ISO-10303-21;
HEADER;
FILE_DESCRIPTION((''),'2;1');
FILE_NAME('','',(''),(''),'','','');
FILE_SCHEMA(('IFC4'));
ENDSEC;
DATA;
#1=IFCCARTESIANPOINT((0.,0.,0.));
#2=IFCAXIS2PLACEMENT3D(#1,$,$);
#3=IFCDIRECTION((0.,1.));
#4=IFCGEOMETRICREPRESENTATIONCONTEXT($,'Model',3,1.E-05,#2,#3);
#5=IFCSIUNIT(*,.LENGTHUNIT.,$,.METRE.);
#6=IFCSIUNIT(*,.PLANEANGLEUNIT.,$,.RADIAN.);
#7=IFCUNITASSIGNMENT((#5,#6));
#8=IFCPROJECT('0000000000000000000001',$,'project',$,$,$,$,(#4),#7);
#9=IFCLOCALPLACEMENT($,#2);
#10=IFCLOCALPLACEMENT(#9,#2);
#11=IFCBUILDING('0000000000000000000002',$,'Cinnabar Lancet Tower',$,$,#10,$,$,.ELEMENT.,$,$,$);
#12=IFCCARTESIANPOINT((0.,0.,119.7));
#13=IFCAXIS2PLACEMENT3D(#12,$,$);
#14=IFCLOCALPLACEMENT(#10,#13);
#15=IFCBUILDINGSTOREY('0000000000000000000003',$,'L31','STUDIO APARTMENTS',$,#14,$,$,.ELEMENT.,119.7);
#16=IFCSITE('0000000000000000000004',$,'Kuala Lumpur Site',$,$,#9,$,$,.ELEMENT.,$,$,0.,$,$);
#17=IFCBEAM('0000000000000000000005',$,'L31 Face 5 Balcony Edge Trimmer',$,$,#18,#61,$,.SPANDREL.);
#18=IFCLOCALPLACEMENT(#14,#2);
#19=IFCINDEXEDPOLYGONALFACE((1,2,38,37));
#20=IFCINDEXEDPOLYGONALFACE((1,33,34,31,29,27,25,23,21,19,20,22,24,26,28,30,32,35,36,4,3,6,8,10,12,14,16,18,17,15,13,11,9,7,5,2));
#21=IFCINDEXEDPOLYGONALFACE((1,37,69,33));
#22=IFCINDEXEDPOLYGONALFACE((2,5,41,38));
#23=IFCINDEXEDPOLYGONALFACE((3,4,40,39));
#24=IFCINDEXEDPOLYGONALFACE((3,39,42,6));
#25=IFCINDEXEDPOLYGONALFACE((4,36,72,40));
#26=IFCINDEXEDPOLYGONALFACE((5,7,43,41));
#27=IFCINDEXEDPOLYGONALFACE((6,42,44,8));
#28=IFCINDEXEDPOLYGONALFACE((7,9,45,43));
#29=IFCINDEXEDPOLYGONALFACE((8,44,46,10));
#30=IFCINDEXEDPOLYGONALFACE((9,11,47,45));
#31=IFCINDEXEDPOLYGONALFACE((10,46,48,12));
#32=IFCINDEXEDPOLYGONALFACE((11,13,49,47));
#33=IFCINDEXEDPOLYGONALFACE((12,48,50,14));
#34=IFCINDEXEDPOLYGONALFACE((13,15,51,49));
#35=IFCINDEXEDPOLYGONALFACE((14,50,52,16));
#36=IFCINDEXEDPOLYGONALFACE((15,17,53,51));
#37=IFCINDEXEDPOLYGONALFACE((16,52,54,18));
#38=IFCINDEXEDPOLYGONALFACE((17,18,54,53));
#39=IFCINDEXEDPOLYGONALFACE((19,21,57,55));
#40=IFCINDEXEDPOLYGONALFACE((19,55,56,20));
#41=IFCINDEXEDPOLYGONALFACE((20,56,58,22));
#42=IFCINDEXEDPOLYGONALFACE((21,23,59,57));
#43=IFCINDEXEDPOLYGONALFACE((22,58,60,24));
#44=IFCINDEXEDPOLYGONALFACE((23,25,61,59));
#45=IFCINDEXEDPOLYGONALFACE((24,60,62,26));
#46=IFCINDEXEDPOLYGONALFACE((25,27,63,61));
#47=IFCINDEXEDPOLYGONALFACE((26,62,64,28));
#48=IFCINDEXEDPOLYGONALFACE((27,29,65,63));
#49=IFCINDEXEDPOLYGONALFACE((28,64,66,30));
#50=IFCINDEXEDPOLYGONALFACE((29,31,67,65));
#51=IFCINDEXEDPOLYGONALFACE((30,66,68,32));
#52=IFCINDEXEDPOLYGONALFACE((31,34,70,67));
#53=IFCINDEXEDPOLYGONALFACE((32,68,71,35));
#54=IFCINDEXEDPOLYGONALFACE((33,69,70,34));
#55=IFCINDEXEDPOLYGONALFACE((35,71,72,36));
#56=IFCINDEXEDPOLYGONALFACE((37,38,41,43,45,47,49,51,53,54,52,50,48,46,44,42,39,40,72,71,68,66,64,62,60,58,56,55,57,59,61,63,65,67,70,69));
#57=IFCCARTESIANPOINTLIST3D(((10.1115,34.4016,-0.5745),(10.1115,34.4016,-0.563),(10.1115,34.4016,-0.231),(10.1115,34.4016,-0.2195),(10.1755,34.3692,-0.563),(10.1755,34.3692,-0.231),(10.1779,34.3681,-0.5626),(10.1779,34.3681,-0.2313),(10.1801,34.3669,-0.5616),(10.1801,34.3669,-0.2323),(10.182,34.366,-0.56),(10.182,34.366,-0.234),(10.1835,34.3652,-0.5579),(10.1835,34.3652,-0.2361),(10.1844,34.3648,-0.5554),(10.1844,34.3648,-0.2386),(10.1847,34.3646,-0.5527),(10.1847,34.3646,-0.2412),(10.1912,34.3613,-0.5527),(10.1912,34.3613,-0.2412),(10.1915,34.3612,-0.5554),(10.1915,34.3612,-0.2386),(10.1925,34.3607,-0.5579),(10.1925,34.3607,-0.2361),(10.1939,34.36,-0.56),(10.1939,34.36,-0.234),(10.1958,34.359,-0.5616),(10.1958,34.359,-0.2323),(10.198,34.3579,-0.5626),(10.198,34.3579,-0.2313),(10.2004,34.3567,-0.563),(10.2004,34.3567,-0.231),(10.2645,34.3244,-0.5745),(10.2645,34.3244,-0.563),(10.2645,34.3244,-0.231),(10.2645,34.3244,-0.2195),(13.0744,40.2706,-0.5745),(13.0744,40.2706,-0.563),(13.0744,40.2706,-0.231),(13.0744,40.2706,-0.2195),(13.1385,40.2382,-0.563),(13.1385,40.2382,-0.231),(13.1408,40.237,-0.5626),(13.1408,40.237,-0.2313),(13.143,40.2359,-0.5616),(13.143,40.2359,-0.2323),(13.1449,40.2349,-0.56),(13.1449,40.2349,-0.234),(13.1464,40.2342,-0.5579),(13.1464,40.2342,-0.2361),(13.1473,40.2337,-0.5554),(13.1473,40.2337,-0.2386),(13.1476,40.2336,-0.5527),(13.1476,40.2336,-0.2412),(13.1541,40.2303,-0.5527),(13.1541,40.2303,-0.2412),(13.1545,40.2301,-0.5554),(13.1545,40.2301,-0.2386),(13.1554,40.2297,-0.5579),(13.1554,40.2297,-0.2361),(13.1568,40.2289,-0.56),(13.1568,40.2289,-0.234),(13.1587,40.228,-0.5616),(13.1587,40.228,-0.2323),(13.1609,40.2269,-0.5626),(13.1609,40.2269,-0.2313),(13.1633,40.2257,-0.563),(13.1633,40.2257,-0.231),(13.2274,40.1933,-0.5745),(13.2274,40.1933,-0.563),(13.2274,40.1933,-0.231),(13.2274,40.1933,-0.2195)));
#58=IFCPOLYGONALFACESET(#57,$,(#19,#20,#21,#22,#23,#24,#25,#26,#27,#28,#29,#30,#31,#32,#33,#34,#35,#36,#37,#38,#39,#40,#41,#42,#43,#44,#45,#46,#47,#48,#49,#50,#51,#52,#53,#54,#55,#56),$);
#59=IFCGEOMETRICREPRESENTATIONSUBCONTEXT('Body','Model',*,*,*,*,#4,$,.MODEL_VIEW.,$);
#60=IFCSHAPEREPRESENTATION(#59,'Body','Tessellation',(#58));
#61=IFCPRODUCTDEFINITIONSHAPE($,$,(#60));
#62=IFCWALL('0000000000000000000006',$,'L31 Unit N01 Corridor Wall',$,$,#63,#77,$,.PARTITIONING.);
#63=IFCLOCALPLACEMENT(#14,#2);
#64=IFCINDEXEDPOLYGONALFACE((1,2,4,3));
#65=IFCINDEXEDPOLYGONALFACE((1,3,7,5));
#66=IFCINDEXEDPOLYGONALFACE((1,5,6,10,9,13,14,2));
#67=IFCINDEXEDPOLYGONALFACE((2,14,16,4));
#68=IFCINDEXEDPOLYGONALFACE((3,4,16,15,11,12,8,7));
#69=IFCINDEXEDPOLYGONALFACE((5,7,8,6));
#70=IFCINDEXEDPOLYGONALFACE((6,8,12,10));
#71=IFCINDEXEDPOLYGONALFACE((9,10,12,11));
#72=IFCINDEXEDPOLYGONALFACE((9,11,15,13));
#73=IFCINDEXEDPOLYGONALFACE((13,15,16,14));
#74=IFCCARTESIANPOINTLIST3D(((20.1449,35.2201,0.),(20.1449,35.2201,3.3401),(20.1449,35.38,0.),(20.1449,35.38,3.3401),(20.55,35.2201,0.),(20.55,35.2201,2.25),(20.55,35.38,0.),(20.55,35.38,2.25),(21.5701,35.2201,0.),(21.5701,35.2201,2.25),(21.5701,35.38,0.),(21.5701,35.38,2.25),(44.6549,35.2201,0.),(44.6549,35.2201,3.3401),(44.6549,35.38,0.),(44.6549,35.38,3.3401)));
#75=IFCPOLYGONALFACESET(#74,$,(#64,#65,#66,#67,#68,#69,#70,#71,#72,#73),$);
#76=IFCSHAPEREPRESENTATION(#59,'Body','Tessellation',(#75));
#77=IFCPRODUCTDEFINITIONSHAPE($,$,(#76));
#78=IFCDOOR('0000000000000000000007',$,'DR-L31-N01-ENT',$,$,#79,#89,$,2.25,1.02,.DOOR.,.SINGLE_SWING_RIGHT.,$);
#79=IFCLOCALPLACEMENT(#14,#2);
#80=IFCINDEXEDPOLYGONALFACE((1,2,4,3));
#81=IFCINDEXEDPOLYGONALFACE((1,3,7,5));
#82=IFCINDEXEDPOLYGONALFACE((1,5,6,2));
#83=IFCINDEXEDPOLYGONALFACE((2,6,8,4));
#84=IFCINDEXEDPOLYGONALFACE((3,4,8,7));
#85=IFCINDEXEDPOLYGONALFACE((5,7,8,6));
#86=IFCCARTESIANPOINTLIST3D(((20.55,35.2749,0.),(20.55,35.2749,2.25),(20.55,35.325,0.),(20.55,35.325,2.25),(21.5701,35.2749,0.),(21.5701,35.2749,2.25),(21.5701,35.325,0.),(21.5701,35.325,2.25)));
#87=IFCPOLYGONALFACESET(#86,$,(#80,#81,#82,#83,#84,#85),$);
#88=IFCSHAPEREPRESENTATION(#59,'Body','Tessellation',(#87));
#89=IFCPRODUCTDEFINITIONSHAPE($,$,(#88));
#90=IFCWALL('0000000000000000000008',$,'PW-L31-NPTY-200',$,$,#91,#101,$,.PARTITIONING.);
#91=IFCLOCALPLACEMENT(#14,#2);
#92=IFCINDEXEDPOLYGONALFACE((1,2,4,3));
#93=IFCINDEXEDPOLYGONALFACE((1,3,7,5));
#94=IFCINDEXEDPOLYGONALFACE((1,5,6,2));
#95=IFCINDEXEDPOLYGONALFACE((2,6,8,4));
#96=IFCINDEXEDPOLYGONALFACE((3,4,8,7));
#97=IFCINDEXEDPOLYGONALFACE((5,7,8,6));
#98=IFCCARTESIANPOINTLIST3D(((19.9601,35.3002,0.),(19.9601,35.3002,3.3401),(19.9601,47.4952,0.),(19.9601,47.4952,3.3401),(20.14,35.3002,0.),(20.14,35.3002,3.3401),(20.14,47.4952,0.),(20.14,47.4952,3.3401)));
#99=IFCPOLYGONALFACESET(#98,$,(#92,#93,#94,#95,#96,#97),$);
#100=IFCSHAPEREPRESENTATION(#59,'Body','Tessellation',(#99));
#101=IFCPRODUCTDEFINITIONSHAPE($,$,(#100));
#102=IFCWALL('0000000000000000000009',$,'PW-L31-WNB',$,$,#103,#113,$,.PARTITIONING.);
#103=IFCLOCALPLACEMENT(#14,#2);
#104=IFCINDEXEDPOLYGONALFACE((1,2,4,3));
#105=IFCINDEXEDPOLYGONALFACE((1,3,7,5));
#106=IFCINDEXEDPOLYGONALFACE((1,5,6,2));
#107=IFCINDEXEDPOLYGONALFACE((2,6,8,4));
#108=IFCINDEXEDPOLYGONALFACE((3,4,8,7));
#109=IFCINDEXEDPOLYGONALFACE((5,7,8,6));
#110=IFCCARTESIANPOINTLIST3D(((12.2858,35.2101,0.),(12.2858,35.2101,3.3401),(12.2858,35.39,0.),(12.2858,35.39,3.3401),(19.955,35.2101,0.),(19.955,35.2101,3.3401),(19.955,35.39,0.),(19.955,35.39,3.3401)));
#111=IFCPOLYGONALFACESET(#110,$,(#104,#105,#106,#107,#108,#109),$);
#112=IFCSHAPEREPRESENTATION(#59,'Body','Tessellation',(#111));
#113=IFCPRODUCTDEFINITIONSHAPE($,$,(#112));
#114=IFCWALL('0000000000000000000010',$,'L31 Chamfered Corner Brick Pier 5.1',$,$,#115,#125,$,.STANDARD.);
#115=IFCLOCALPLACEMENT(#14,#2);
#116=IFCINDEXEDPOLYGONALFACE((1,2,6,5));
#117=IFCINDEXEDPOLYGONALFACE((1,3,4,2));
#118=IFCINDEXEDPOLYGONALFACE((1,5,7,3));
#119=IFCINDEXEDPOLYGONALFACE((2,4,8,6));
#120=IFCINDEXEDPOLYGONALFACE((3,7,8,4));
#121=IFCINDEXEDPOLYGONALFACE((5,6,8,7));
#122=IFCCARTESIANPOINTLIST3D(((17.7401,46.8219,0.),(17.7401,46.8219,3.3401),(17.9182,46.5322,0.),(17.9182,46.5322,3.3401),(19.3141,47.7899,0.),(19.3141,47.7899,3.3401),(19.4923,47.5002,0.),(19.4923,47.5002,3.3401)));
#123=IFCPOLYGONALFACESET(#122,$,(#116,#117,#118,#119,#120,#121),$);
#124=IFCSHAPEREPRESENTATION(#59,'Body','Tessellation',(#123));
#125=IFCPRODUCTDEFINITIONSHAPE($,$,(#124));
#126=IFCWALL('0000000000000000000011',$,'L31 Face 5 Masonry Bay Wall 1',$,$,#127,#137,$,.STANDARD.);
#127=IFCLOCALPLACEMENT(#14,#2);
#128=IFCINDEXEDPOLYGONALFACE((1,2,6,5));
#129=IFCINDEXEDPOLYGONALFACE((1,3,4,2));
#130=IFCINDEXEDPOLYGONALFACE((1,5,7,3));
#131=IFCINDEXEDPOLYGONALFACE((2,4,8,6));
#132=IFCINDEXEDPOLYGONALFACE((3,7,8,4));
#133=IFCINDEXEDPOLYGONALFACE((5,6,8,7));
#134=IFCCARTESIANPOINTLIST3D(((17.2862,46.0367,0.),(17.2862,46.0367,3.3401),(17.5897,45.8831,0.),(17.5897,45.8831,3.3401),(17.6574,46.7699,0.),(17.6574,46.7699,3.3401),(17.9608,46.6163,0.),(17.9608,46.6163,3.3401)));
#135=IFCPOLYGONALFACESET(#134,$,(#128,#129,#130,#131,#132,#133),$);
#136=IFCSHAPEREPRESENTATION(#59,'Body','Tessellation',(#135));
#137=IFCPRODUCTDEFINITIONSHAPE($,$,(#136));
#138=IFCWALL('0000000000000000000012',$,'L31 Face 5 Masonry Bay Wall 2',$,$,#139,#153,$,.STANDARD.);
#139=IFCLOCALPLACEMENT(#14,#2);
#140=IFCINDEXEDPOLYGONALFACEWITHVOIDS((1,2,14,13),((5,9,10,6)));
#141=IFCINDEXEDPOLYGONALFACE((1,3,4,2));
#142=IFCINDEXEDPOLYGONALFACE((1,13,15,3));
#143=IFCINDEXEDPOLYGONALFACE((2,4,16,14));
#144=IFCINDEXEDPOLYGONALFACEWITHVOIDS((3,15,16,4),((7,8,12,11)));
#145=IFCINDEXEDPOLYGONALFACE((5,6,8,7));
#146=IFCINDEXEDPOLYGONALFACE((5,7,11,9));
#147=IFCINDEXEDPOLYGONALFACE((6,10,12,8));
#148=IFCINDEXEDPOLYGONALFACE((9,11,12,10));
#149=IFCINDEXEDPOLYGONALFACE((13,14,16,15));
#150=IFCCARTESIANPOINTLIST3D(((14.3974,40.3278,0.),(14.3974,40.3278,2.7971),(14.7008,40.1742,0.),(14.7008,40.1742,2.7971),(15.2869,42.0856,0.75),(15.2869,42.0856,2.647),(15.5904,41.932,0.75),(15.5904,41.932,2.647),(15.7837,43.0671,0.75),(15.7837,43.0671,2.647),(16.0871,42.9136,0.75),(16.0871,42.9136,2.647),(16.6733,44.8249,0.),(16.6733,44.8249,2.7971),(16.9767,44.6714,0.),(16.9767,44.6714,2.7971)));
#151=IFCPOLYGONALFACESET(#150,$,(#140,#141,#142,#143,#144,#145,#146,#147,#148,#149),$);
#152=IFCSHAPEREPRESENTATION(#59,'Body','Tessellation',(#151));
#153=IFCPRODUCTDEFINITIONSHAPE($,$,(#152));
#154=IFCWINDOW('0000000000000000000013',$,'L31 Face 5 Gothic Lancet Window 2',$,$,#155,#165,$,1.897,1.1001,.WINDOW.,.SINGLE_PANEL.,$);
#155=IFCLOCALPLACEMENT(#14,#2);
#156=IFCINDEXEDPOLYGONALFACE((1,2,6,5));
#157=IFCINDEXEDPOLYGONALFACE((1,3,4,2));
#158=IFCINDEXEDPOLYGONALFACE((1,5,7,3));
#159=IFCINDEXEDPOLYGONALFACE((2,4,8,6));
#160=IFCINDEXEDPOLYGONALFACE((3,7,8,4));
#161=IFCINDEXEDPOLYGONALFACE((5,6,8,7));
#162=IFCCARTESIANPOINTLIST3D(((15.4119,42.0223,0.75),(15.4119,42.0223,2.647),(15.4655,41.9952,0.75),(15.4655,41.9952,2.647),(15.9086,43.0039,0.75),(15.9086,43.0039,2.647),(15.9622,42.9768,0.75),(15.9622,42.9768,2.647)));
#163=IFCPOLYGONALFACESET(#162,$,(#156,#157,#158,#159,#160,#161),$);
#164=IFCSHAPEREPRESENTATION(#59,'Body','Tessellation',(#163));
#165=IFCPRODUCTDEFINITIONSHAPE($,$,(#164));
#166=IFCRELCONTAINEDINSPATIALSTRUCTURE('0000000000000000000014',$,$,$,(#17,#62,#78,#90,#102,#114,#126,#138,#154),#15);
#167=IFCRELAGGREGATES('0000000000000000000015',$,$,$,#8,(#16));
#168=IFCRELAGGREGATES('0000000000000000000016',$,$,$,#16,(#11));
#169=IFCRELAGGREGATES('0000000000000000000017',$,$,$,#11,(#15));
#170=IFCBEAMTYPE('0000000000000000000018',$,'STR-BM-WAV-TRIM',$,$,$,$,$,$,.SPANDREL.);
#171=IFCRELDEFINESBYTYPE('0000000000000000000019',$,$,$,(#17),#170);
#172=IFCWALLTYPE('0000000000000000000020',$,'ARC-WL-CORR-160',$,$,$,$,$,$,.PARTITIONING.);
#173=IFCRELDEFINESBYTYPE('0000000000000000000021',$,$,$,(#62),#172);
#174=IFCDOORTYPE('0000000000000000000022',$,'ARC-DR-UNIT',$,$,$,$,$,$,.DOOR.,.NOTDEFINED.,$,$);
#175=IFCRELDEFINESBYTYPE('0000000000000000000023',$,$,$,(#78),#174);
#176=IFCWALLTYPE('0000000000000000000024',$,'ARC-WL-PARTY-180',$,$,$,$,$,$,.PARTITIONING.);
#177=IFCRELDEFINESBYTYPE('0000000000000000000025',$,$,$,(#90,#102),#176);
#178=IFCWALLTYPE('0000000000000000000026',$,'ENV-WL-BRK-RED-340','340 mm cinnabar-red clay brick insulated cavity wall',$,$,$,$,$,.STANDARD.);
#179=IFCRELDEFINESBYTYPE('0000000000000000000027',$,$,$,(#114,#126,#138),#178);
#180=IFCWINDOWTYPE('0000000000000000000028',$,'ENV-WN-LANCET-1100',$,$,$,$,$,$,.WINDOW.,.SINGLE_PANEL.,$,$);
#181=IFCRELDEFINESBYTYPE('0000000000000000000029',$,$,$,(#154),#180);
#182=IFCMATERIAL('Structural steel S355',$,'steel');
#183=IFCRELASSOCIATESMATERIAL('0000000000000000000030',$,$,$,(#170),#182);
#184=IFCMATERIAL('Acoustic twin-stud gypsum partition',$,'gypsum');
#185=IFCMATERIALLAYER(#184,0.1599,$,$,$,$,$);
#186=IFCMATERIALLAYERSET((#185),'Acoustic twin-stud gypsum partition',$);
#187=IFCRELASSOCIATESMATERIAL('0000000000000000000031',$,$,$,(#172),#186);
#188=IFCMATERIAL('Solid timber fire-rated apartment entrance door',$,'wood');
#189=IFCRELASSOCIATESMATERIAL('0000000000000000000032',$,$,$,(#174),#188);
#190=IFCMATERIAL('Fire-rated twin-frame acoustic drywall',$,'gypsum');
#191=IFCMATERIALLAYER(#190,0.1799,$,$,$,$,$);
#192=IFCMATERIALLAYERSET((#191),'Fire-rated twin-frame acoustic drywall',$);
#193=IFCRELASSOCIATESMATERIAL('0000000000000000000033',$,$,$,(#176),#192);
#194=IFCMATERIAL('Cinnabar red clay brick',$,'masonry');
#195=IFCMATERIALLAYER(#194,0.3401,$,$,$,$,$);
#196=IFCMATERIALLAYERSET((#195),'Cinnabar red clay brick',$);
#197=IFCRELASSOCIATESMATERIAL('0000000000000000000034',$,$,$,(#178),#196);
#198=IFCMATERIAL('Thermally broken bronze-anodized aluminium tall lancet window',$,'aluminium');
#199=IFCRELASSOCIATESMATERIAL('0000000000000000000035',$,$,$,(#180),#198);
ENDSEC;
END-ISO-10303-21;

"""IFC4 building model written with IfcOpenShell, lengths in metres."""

from ifc_helpers import new_model, si_unit, direction, frame, frame_2d, origin, origin_2d, place, context, subcontext, project, spatial, rectangle, i_section, extrude, material, layer, layer_set, material_profile, profile_set, type_object, element, fill, save


model = new_model("IFC4")

# Units and contexts
model_context = context("Model", 3, precision=1e-05, world=origin(), true_north=direction((0.0, 1.0)))
body_context = subcontext(model_context, "Body", "Model", "MODEL_VIEW")
ifc_project = project(units=[si_unit("LENGTHUNIT", "METRE"), si_unit("PLANEANGLEUNIT", "RADIAN")], contexts=[model_context])

# Site, building, storey
site_placement = place(None, origin())
site = spatial("IfcSite", under=ifc_project, at=site_placement, Name="Kuala Lumpur Site", CompositionType="ELEMENT", RefElevation=0.0)
building_placement = place(site_placement, origin())
building = spatial("IfcBuilding", under=site, at=building_placement, Name="Cinnabar Lancet Tower", CompositionType="ELEMENT")
storey_placement = place(building_placement, frame((0.0, 0.0, 119.7)))
storey = spatial("IfcBuildingStorey", under=building, at=storey_placement, Name="L31", Description="STUDIO APARTMENTS", CompositionType="ELEMENT", Elevation=119.7)

# Beam
ifc_material_1 = material(Name="Structural steel S355", Category="steel")
ifc_material_profile_1 = material_profile(ifc_material_1, i_section(OverallWidth=0.1714, OverallDepth=0.355, WebThickness=0.0073, FlangeThickness=0.0115, FilletRadius=0.0103, at=origin_2d()), Name="UKB 356x171x51")
ifc_profile_set_1 = profile_set([ifc_material_profile_1], Name="Structural steel S355")
beam_type_1 = type_object("IfcBeamType", Name="STR-BM-WAV-TRIM", PredefinedType="SPANDREL", material=ifc_profile_set_1)
beam_1_placement = place(storey_placement, frame((13.1509, 40.2319, -0.397), z_axis=(-0.450671, -0.89269, 0.0), x_axis=(0.89269, -0.450671, 0.0)))
element("IfcBeam", 1, at=beam_1_placement, inside=storey, type_object=beam_type_1, Name="L31 Face 5 Balcony Edge Trimmer", PredefinedType="SPANDREL", context=body_context, shape_type="SweptSolid", body=[
    extrude(i_section(OverallWidth=0.1714, OverallDepth=0.355, WebThickness=0.0073, FlangeThickness=0.0115, FilletRadius=0.0103, at=origin_2d()), origin(), (0.0, 0.0, 1.0), 6.5745),
])

# Wall, opening, door
ifc_material_2 = material(Name="Acoustic twin-stud gypsum partition", Category="gypsum")
ifc_layer_1 = layer(ifc_material_2, 0.1599)
ifc_layer_set_1 = layer_set([ifc_layer_1], Name="Acoustic twin-stud gypsum partition")
wall_type_1 = type_object("IfcWallType", Name="ARC-WL-CORR-160", PredefinedType="PARTITIONING", material=ifc_layer_set_1)
wall_1_placement = place(storey_placement, frame((20.145, 35.3, 0.0), z_axis=(0.0, 0.0, 1.0), x_axis=(1.0, 0.0, 0.0)))
wall_1 = element("IfcWall", 2, at=wall_1_placement, inside=storey, type_object=wall_type_1, Name="L31 Unit N01 Corridor Wall", PredefinedType="PARTITIONING", context=body_context, shape_type="SweptSolid", body=[
    extrude(rectangle(XDim=24.51, YDim=0.1599, at=frame_2d((12.2549, 0.0))), origin(), (0.0, 0.0, 1.0), 3.3401),
])
opening_1_placement = place(wall_1_placement, frame((0.405, 0.0, 0.0)))
opening_1 = element("IfcOpeningElement", 3, at=opening_1_placement, cuts=wall_1, PredefinedType="OPENING", context=body_context, shape_type="SweptSolid", body=[
    extrude(rectangle(XDim=1.02, YDim=2.25, at=frame_2d((0.51, 1.125))), frame((0.0, 0.0898, 0.0), z_axis=(0.0, -1.0, 0.0), x_axis=(1.0, 0.0, 0.0)), (0.0, 0.0, 1.0), 0.1799),
])
ifc_material_3 = material(Name="Solid timber fire-rated apartment entrance door", Category="wood")
door_type_1 = type_object("IfcDoorType", Name="ARC-DR-UNIT", OperationType="NOTDEFINED", PredefinedType="DOOR", material=ifc_material_3)
door_1_placement = place(opening_1_placement, origin())
door_1 = element("IfcDoor", 4, at=door_1_placement, inside=storey, type_object=door_type_1, Name="DR-L31-N01-ENT", OperationType="SINGLE_SWING_RIGHT", OverallHeight=2.25, OverallWidth=1.02, PredefinedType="DOOR", context=body_context, shape_type="SweptSolid", body=[
    extrude(rectangle(XDim=1.02, YDim=2.25, at=frame_2d((0.51, 1.125))), frame((0.0, 0.0249, 0.0), z_axis=(0.0, -1.0, 0.0), x_axis=(1.0, 0.0, 0.0)), (0.0, 0.0, 1.0), 0.05),
])
fill(opening_1, door_1)

# Walls
ifc_material_4 = material(Name="Fire-rated twin-frame acoustic drywall", Category="gypsum")
ifc_layer_2 = layer(ifc_material_4, 0.1799)
ifc_layer_set_2 = layer_set([ifc_layer_2], Name="Fire-rated twin-frame acoustic drywall")
wall_type_2 = type_object("IfcWallType", Name="ARC-WL-PARTY-180", PredefinedType="PARTITIONING", material=ifc_layer_set_2)
wall_2_placement = place(storey_placement, frame((20.05, 35.3, 0.0), z_axis=(0.0, 0.0, 1.0), x_axis=(0.0, 1.0, 0.0)))
element("IfcWall", 5, at=wall_2_placement, inside=storey, type_object=wall_type_2, Name="PW-L31-NPTY-200", PredefinedType="PARTITIONING", context=body_context, shape_type="SweptSolid", body=[
    extrude(rectangle(XDim=12.1951, YDim=0.1799, at=frame_2d((6.0977, 0.0))), origin(), (0.0, 0.0, 1.0), 3.3401),
])
wall_3_placement = place(storey_placement, frame((12.2859, 35.3, 0.0), z_axis=(0.0, 0.0, 1.0), x_axis=(1.0, 0.0, 0.0)))
element("IfcWall", 6, at=wall_3_placement, inside=storey, type_object=wall_type_2, Name="PW-L31-WNB", PredefinedType="PARTITIONING", context=body_context, shape_type="SweptSolid", body=[
    extrude(rectangle(XDim=7.6692, YDim=0.1799, at=frame_2d((3.8345, 0.0))), origin(), (0.0, 0.0, 1.0), 3.3401),
])
ifc_material_5 = material(Name="Cinnabar red clay brick", Category="masonry")
ifc_layer_3 = layer(ifc_material_5, 0.3401)
ifc_layer_set_3 = layer_set([ifc_layer_3], Name="Cinnabar red clay brick")
wall_type_3 = type_object("IfcWallType", Name="ENV-WL-BRK-RED-340", Description="340 mm cinnabar-red clay brick insulated cavity wall", PredefinedType="STANDARD", material=ifc_layer_set_3)
wall_4_placement = place(storey_placement, frame((19.4031, 47.645, 0.0), z_axis=(0.0, 0.0, 1.0), x_axis=(-0.851799, -0.523869, 0.0)))
element("IfcWall", 7, at=wall_4_placement, inside=storey, type_object=wall_type_3, Name="L31 Chamfered Corner Brick Pier 5.1", PredefinedType="STANDARD", context=body_context, shape_type="SweptSolid", body=[
    extrude(rectangle(XDim=1.8479, YDim=0.3401, at=frame_2d((0.9238, 0.0))), origin(), (0.0, 0.0, 1.0), 3.3401),
])
wall_5_placement = place(storey_placement, frame((17.8091, 46.6931, 0.0), z_axis=(0.0, 0.0, 1.0), x_axis=(-0.451605, -0.892218, 0.0)))
element("IfcWall", 8, at=wall_5_placement, inside=storey, type_object=wall_type_3, Name="L31 Face 5 Masonry Bay Wall 1", PredefinedType="STANDARD", context=body_context, shape_type="SweptSolid", body=[
    extrude(rectangle(XDim=0.8218, YDim=0.3401, at=frame_2d((0.4109, 0.0))), origin(), (0.0, 0.0, 1.0), 3.3401),
])

# Wall, opening, window
wall_6_placement = place(storey_placement, frame((16.825, 44.748, 0.0), z_axis=(0.0, 0.0, 1.0), x_axis=(-0.451548, -0.892247, 0.0)))
wall_6 = element("IfcWall", 9, at=wall_6_placement, inside=storey, type_object=wall_type_3, Name="L31 Face 5 Masonry Bay Wall 2", PredefinedType="STANDARD", context=body_context, shape_type="SweptSolid", body=[
    extrude(rectangle(XDim=5.0403, YDim=0.3401, at=frame_2d((2.52, 0.0))), origin(), (0.0, 0.0, 1.0), 2.7971),
])
opening_2_placement = place(wall_6_placement, frame((1.97, 0.0, 0.75)))
opening_2 = element("IfcOpeningElement", 10, at=opening_2_placement, cuts=wall_6, PredefinedType="OPENING", context=body_context, shape_type="SweptSolid", body=[
    extrude(rectangle(XDim=1.1001, YDim=1.897, at=frame_2d((0.55, 0.9485))), frame((0.0, 0.1799, 0.0), z_axis=(0.0, -1.0, 0.0), x_axis=(1.0, 0.0, 0.0)), (0.0, 0.0, 1.0), 0.3601),
])
ifc_material_6 = material(Name="Thermally broken bronze-anodized aluminium tall lancet window", Category="aluminium")
window_type = type_object("IfcWindowType", Name="ENV-WN-LANCET-1100", PartitioningType="SINGLE_PANEL", PredefinedType="WINDOW", material=ifc_material_6)
window_placement = place(opening_2_placement, origin())
window = element("IfcWindow", 11, at=window_placement, inside=storey, type_object=window_type, Name="L31 Face 5 Gothic Lancet Window 2", OverallHeight=1.897, OverallWidth=1.1001, PartitioningType="SINGLE_PANEL", PredefinedType="WINDOW", context=body_context, shape_type="SweptSolid", body=[
    extrude(rectangle(XDim=1.1001, YDim=1.897, at=frame_2d((0.55, 0.9485))), frame((0.0, 0.03, 0.0), z_axis=(0.0, -1.0, 0.0), x_axis=(1.0, 0.0, 0.0)), (0.0, 0.0, 1.0), 0.0601),
])
fill(opening_2, window)

save(model, "model.ifc")
